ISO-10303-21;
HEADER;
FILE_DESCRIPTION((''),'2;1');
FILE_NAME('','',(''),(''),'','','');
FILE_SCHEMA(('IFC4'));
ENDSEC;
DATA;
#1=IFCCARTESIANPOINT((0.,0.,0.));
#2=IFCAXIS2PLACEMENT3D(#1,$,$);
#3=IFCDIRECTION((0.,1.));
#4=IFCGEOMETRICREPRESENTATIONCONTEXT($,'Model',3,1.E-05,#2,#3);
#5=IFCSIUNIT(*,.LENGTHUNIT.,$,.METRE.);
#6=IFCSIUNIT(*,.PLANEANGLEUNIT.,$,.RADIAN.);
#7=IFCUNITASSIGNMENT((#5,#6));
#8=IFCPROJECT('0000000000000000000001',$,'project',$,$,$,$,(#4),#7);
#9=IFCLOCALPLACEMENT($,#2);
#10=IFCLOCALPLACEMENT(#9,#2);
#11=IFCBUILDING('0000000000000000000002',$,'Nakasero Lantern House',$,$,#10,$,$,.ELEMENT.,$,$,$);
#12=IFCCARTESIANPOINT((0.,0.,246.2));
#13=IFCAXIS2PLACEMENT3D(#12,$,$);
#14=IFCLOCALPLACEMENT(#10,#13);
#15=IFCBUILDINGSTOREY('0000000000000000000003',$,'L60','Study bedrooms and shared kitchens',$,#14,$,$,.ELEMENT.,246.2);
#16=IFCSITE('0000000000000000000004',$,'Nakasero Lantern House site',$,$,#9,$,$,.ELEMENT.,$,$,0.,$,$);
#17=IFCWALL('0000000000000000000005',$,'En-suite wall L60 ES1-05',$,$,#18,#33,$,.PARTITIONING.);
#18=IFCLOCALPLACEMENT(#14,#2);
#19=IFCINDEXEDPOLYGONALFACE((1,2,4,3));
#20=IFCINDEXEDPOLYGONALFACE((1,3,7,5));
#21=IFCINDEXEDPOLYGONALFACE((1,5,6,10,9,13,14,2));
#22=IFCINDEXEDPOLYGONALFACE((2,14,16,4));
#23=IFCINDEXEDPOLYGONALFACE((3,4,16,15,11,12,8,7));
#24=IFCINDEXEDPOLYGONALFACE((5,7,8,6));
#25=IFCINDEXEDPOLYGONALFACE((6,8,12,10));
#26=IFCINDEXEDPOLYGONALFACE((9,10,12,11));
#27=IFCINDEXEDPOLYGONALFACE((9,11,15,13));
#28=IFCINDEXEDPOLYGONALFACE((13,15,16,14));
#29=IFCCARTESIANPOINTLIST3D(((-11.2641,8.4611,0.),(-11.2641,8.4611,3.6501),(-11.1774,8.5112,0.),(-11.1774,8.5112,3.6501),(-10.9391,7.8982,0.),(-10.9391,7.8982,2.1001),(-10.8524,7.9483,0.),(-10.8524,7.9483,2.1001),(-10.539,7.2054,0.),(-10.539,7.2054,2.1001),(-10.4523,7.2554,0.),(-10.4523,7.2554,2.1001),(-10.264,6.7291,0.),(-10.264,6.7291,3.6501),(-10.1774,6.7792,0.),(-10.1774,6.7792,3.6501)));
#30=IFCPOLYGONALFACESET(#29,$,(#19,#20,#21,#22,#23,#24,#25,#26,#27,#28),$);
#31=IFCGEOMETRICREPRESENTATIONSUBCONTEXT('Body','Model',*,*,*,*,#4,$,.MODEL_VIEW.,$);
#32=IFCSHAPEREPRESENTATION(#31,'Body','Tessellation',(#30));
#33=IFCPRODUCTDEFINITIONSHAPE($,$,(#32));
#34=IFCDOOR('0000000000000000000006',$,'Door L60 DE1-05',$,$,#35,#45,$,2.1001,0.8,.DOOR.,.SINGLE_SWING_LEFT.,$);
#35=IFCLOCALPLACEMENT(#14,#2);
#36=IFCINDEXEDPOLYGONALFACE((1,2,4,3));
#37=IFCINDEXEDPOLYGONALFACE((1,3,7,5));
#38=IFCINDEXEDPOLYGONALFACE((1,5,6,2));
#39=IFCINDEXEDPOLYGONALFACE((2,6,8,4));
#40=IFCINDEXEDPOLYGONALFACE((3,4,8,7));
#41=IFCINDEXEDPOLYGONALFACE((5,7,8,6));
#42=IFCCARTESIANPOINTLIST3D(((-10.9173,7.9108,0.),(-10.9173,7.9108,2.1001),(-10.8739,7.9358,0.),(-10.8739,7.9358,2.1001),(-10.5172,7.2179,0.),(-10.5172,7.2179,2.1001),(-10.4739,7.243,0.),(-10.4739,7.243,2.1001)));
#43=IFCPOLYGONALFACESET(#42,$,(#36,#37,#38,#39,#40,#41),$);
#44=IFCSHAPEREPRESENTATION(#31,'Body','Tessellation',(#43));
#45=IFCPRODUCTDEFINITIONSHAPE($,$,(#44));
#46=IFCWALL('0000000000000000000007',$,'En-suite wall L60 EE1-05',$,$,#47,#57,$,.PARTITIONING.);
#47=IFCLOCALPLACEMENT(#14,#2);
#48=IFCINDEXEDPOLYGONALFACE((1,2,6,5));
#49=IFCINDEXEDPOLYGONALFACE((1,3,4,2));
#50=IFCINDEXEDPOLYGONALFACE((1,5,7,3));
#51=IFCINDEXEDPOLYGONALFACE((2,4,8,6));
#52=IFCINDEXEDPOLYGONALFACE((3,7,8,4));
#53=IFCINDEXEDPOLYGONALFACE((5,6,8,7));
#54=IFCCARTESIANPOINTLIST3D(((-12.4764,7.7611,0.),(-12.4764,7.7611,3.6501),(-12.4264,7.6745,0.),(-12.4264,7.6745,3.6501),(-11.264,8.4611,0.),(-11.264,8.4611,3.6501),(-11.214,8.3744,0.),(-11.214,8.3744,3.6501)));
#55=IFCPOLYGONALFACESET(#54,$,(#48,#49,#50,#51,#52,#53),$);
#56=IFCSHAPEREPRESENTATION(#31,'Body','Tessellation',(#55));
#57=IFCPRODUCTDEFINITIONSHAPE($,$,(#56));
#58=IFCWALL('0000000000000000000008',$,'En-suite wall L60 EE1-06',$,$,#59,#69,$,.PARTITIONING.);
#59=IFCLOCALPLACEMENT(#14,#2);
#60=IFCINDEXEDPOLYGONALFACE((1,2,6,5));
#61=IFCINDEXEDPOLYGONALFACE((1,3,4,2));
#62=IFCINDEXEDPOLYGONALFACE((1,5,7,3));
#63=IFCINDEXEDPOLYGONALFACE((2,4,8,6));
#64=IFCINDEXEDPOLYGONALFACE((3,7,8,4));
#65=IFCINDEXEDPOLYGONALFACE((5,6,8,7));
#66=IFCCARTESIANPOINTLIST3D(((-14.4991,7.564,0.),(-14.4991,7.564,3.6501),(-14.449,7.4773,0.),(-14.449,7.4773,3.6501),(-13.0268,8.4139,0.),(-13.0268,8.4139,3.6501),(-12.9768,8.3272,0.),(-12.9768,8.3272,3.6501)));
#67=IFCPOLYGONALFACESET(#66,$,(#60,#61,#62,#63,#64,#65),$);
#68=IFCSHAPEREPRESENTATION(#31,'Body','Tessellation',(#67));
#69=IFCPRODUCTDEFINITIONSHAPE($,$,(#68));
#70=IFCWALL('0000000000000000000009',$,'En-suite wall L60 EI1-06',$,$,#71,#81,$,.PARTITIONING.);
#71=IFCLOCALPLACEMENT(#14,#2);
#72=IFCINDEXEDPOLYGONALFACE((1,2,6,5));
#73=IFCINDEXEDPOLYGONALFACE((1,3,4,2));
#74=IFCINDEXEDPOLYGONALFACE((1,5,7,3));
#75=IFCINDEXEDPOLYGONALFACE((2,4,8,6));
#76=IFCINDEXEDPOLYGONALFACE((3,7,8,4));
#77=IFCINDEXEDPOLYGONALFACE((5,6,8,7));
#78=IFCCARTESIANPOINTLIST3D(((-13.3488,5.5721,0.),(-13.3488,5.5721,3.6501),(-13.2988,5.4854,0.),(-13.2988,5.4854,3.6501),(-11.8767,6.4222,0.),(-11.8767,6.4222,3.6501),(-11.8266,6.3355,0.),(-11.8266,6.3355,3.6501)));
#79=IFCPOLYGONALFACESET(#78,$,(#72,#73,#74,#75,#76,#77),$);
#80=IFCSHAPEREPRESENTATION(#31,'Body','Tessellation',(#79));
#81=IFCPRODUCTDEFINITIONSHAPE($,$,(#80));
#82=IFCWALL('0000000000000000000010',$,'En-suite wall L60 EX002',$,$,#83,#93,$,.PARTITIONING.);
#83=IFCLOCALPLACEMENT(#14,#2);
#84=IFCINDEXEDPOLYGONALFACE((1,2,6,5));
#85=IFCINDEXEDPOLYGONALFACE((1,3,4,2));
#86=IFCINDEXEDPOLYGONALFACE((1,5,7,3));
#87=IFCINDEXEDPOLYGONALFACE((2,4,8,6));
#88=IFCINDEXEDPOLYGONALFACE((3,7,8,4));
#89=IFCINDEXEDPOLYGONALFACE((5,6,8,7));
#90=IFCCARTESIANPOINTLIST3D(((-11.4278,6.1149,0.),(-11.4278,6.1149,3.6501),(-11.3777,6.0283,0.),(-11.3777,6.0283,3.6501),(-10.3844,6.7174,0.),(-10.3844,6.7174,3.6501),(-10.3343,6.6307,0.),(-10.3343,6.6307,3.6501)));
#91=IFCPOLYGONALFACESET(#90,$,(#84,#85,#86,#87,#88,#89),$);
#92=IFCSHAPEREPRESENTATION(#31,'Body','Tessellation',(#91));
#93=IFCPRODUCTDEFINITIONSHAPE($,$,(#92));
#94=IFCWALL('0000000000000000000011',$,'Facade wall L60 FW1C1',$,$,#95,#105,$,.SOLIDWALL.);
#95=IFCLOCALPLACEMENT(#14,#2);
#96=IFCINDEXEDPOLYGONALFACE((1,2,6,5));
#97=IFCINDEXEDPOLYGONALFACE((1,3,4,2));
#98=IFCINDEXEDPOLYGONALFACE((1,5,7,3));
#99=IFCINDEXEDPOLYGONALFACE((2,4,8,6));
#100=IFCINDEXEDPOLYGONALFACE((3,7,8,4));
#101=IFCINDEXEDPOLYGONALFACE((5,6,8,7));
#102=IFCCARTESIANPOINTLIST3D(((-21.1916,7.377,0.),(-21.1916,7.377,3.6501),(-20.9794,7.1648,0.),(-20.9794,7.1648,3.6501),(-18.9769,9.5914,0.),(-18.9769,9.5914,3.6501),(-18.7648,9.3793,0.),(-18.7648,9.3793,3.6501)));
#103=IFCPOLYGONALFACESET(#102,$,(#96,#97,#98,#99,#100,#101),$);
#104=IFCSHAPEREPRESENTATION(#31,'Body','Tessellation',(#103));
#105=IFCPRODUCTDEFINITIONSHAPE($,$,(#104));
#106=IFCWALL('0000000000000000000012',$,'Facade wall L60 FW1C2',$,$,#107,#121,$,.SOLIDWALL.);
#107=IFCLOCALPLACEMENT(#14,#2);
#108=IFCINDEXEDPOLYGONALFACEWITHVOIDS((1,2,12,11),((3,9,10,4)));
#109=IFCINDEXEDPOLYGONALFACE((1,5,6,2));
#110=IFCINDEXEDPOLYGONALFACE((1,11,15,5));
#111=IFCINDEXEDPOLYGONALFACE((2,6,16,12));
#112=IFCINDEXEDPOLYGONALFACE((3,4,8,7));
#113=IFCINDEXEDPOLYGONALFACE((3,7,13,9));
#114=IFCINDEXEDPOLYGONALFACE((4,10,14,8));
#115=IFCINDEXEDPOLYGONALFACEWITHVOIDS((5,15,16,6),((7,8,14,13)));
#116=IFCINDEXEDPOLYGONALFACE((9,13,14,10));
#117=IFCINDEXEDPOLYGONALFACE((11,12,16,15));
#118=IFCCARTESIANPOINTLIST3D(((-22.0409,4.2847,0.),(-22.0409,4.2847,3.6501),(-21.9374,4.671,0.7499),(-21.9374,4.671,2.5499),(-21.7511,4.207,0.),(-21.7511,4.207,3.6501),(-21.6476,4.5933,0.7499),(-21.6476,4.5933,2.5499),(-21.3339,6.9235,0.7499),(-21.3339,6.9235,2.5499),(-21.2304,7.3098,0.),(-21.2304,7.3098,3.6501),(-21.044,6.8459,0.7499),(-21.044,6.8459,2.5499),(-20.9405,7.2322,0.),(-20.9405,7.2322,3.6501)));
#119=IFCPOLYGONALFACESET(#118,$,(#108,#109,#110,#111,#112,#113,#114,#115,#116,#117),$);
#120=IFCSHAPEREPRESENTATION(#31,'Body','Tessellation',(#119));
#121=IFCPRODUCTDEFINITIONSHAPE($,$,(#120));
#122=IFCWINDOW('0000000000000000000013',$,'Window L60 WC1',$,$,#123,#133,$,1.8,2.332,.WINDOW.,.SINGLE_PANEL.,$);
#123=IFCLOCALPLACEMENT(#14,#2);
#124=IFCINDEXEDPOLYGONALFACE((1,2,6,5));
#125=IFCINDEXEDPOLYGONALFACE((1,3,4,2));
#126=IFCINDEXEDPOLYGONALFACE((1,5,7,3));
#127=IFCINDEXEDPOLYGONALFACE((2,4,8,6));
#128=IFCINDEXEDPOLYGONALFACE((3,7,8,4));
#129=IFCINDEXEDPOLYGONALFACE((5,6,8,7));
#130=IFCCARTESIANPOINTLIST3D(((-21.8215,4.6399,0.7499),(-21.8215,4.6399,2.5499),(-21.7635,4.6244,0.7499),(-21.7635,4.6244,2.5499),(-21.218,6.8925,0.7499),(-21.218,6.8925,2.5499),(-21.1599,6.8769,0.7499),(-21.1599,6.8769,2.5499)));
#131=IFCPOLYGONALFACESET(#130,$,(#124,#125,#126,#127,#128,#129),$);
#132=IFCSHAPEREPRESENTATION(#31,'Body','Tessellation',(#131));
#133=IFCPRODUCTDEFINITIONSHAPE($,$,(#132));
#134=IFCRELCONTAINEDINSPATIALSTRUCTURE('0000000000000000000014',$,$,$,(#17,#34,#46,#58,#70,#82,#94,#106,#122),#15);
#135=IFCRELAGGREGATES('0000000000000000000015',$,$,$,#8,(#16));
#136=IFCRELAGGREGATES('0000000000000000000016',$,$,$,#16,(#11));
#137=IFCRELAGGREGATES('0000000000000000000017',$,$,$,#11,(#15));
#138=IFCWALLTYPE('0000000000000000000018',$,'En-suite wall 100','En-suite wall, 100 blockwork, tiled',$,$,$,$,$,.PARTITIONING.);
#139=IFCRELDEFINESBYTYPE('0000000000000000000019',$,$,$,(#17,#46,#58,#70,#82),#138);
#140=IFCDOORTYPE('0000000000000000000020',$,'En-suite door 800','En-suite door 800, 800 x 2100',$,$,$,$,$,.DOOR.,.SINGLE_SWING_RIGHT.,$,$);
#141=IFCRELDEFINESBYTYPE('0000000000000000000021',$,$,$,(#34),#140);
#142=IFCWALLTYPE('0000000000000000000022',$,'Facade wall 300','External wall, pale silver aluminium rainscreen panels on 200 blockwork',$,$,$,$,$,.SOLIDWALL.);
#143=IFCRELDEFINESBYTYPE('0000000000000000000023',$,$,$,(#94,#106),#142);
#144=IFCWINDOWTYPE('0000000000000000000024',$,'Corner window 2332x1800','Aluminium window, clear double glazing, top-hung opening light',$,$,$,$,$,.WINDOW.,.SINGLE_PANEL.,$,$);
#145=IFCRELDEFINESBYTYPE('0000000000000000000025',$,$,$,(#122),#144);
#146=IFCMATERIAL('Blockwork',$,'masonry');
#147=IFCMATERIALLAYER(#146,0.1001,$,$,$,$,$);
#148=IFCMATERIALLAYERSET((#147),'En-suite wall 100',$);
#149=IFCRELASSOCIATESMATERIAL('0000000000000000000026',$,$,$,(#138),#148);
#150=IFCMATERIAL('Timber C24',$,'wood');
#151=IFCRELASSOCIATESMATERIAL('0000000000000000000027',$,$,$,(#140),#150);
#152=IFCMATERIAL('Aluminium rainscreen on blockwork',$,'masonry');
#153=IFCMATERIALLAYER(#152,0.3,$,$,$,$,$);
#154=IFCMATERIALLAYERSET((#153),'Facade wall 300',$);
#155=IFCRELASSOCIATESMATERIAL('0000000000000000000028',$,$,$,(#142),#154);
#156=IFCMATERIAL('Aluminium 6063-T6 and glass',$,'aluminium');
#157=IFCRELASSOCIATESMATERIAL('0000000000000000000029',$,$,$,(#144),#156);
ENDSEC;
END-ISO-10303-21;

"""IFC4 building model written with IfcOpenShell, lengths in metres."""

from ifc_helpers import new_model, si_unit, direction, frame, frame_2d, origin, place, context, subcontext, project, spatial, rectangle, extrude, material, layer, layer_set, type_object, element, fill, save


model = new_model("IFC4")

# Units and contexts
model_context = context("Model", 3, precision=1e-05, world=origin(), true_north=direction((0.0, 1.0)))
body_context = subcontext(model_context, "Body", "Model", "MODEL_VIEW")
ifc_project = project(units=[si_unit("LENGTHUNIT", "METRE"), si_unit("PLANEANGLEUNIT", "RADIAN")], contexts=[model_context])

# Site, building, storey
site_placement = place(None, origin())
site = spatial("IfcSite", under=ifc_project, at=site_placement, Name="Nakasero Lantern House site", CompositionType="ELEMENT", RefElevation=0.0)
building_placement = place(site_placement, origin())
building = spatial("IfcBuilding", under=site, at=building_placement, Name="Nakasero Lantern House", CompositionType="ELEMENT")
storey_placement = place(building_placement, frame((0.0, 0.0, 246.2)))
storey = spatial("IfcBuildingStorey", under=building, at=storey_placement, Name="L60", Description="Study bedrooms and shared kitchens", CompositionType="ELEMENT", Elevation=246.2)

# Wall, opening, door
ifc_material_1 = material(Name="Blockwork", Category="masonry")
ifc_layer_1 = layer(ifc_material_1, 0.1001)
ifc_layer_set_1 = layer_set([ifc_layer_1], Name="En-suite wall 100")
wall_type_1 = type_object("IfcWallType", Name="En-suite wall 100", Description="En-suite wall, 100 blockwork, tiled", PredefinedType="PARTITIONING", material=ifc_layer_set_1)
wall_1_placement = place(storey_placement, frame((-10.2207, 6.7542, 0.0), z_axis=(0.0, 0.0, 1.0), x_axis=(-0.500025, 0.866011, 0.0)))
wall_1 = element("IfcWall", 1, at=wall_1_placement, inside=storey, type_object=wall_type_1, Name="En-suite wall L60 ES1-05", PredefinedType="PARTITIONING", context=body_context, shape_type="SweptSolid", body=[
    extrude(rectangle(XDim=2.0, YDim=0.1001, at=frame_2d((1.0, 0.0))), origin(), (0.0, 0.0, 1.0), 3.6501),
])
opening_1_placement = place(wall_1_placement, frame((0.55, 0.0, 0.0)))
opening_1 = element("IfcOpeningElement", 2, at=opening_1_placement, cuts=wall_1, PredefinedType="OPENING", context=body_context, shape_type="SweptSolid", body=[
    extrude(rectangle(XDim=0.8, YDim=2.1001, at=frame_2d((0.3999, 1.05))), frame((0.0, 0.0701, 0.0), z_axis=(0.0, -1.0, 0.0), x_axis=(1.0, 0.0, 0.0)), (0.0, 0.0, 1.0), 0.1401),
])
ifc_material_2 = material(Name="Timber C24", Category="wood")
door_type_1 = type_object("IfcDoorType", Name="En-suite door 800", Description="En-suite door 800, 800 x 2100", OperationType="SINGLE_SWING_RIGHT", PredefinedType="DOOR", material=ifc_material_2)
door_1_placement = place(opening_1_placement, origin())
door_1 = element("IfcDoor", 3, at=door_1_placement, inside=storey, type_object=door_type_1, Name="Door L60 DE1-05", OperationType="SINGLE_SWING_LEFT", OverallHeight=2.1001, OverallWidth=0.8, PredefinedType="DOOR", context=body_context, shape_type="SweptSolid", body=[
    extrude(rectangle(XDim=0.8, YDim=2.1001, at=frame_2d((0.3999, 1.05))), frame((0.0, 0.0249, 0.0), z_axis=(0.0, -1.0, 0.0), x_axis=(1.0, 0.0, 0.0)), (0.0, 0.0, 1.0), 0.05),
])
fill(opening_1, door_1)

# Walls
wall_2_placement = place(storey_placement, frame((-11.239, 8.4177, 0.0), z_axis=(0.0, 0.0, 1.0), x_axis=(-0.866035, -0.499984, 0.0)))
element("IfcWall", 4, at=wall_2_placement, inside=storey, type_object=wall_type_1, Name="En-suite wall L60 EE1-05", PredefinedType="PARTITIONING", context=body_context, shape_type="SweptSolid", body=[
    extrude(rectangle(XDim=1.3999, YDim=0.1001, at=frame_2d((0.7, 0.0))), origin(), (0.0, 0.0, 1.0), 3.6501),
])
for number, where, z_axis, x_axis, name in (
    (5, (-13.0017, 8.3706, 0.0), (0.0, 0.0, 1.0), (-0.866052, -0.499955, 0.0), "En-suite wall L60 EE1-06"),
    (6, (-11.8516, 6.3789, 0.0), (0.0, 0.0, 1.0), (-0.865989, -0.500062, 0.0), "En-suite wall L60 EI1-06"),
):
    element("IfcWall", number, at=place(storey_placement, frame(where, z_axis=z_axis, x_axis=x_axis)), inside=storey, type_object=wall_type_1, Name=name, PredefinedType="PARTITIONING", context=body_context, shape_type="SweptSolid", body=[
        extrude(rectangle(XDim=1.7, YDim=0.1001, at=frame_2d((0.8501, 0.0))), origin(), (0.0, 0.0, 1.0), 3.6501),
    ])
wall_3_placement = place(storey_placement, frame((-11.4028, 6.0715, 0.0), z_axis=(0.0, 0.0, 1.0), x_axis=(0.86599, 0.500062, 0.0)))
element("IfcWall", 7, at=wall_3_placement, inside=storey, type_object=wall_type_1, Name="En-suite wall L60 EX002", PredefinedType="PARTITIONING", context=body_context, shape_type="SweptSolid", body=[
    extrude(rectangle(XDim=1.2048, YDim=0.1001, at=frame_2d((0.6025, 0.0))), origin(), (0.0, 0.0, 1.0), 3.6501),
])
ifc_material_3 = material(Name="Aluminium rainscreen on blockwork", Category="masonry")
ifc_layer_2 = layer(ifc_material_3, 0.3)
ifc_layer_set_2 = layer_set([ifc_layer_2], Name="Facade wall 300")
wall_type_2 = type_object("IfcWallType", Name="Facade wall 300", Description="External wall, pale silver aluminium rainscreen panels on 200 blockwork", PredefinedType="SOLIDWALL", material=ifc_layer_set_2)
wall_4_placement = place(storey_placement, frame((-18.8708, 9.4854, 0.0), z_axis=(0.0, 0.0, 1.0), x_axis=(-0.707146, -0.707068, 0.0)))
element("IfcWall", 8, at=wall_4_placement, inside=storey, type_object=wall_type_2, Name="Facade wall L60 FW1C1", PredefinedType="SOLIDWALL", context=body_context, shape_type="SweptSolid", body=[
    extrude(rectangle(XDim=3.1318, YDim=0.3, at=frame_2d((1.5659, 0.0))), origin(), (0.0, 0.0, 1.0), 3.6501),
])

# Wall, opening, window
wall_5_placement = place(storey_placement, frame((-21.0854, 7.271, 0.0), z_axis=(0.0, 0.0, 1.0), x_axis=(-0.258808, -0.965929, 0.0)))
wall_5 = element("IfcWall", 9, at=wall_5_placement, inside=storey, type_object=wall_type_2, Name="Facade wall L60 FW1C2", PredefinedType="SOLIDWALL", context=body_context, shape_type="SweptSolid", body=[
    extrude(rectangle(XDim=3.1318, YDim=0.3, at=frame_2d((1.5659, 0.0))), origin(), (0.0, 0.0, 1.0), 3.6501),
])
opening_2_placement = place(wall_5_placement, frame((0.3999, 0.0, 0.75)))
opening_2 = element("IfcOpeningElement", 10, at=opening_2_placement, cuts=wall_5, PredefinedType="OPENING", context=body_context, shape_type="SweptSolid", body=[
    extrude(rectangle(XDim=2.332, YDim=1.8, at=frame_2d((1.166, 0.8999))), frame((0.0, 0.1699, 0.0), z_axis=(0.0, -1.0, 0.0), x_axis=(1.0, 0.0, 0.0)), (0.0, 0.0, 1.0), 0.3401),
])
ifc_material_4 = material(Name="Aluminium 6063-T6 and glass", Category="aluminium")
window_type = type_object("IfcWindowType", Name="Corner window 2332x1800", Description="Aluminium window, clear double glazing, top-hung opening light", PartitioningType="SINGLE_PANEL", PredefinedType="WINDOW", material=ifc_material_4)
window_placement = place(opening_2_placement, origin())
window = element("IfcWindow", 11, at=window_placement, inside=storey, type_object=window_type, Name="Window L60 WC1", OverallHeight=1.8, OverallWidth=2.332, PartitioningType="SINGLE_PANEL", PredefinedType="WINDOW", context=body_context, shape_type="SweptSolid", body=[
    extrude(rectangle(XDim=2.332, YDim=1.8, at=frame_2d((1.166, 0.8999))), frame((0.0, 0.03, 0.0), z_axis=(0.0, -1.0, 0.0), x_axis=(1.0, 0.0, 0.0)), (0.0, 0.0, 1.0), 0.0601),
])
fill(opening_2, window)

save(model, "model.ifc")
